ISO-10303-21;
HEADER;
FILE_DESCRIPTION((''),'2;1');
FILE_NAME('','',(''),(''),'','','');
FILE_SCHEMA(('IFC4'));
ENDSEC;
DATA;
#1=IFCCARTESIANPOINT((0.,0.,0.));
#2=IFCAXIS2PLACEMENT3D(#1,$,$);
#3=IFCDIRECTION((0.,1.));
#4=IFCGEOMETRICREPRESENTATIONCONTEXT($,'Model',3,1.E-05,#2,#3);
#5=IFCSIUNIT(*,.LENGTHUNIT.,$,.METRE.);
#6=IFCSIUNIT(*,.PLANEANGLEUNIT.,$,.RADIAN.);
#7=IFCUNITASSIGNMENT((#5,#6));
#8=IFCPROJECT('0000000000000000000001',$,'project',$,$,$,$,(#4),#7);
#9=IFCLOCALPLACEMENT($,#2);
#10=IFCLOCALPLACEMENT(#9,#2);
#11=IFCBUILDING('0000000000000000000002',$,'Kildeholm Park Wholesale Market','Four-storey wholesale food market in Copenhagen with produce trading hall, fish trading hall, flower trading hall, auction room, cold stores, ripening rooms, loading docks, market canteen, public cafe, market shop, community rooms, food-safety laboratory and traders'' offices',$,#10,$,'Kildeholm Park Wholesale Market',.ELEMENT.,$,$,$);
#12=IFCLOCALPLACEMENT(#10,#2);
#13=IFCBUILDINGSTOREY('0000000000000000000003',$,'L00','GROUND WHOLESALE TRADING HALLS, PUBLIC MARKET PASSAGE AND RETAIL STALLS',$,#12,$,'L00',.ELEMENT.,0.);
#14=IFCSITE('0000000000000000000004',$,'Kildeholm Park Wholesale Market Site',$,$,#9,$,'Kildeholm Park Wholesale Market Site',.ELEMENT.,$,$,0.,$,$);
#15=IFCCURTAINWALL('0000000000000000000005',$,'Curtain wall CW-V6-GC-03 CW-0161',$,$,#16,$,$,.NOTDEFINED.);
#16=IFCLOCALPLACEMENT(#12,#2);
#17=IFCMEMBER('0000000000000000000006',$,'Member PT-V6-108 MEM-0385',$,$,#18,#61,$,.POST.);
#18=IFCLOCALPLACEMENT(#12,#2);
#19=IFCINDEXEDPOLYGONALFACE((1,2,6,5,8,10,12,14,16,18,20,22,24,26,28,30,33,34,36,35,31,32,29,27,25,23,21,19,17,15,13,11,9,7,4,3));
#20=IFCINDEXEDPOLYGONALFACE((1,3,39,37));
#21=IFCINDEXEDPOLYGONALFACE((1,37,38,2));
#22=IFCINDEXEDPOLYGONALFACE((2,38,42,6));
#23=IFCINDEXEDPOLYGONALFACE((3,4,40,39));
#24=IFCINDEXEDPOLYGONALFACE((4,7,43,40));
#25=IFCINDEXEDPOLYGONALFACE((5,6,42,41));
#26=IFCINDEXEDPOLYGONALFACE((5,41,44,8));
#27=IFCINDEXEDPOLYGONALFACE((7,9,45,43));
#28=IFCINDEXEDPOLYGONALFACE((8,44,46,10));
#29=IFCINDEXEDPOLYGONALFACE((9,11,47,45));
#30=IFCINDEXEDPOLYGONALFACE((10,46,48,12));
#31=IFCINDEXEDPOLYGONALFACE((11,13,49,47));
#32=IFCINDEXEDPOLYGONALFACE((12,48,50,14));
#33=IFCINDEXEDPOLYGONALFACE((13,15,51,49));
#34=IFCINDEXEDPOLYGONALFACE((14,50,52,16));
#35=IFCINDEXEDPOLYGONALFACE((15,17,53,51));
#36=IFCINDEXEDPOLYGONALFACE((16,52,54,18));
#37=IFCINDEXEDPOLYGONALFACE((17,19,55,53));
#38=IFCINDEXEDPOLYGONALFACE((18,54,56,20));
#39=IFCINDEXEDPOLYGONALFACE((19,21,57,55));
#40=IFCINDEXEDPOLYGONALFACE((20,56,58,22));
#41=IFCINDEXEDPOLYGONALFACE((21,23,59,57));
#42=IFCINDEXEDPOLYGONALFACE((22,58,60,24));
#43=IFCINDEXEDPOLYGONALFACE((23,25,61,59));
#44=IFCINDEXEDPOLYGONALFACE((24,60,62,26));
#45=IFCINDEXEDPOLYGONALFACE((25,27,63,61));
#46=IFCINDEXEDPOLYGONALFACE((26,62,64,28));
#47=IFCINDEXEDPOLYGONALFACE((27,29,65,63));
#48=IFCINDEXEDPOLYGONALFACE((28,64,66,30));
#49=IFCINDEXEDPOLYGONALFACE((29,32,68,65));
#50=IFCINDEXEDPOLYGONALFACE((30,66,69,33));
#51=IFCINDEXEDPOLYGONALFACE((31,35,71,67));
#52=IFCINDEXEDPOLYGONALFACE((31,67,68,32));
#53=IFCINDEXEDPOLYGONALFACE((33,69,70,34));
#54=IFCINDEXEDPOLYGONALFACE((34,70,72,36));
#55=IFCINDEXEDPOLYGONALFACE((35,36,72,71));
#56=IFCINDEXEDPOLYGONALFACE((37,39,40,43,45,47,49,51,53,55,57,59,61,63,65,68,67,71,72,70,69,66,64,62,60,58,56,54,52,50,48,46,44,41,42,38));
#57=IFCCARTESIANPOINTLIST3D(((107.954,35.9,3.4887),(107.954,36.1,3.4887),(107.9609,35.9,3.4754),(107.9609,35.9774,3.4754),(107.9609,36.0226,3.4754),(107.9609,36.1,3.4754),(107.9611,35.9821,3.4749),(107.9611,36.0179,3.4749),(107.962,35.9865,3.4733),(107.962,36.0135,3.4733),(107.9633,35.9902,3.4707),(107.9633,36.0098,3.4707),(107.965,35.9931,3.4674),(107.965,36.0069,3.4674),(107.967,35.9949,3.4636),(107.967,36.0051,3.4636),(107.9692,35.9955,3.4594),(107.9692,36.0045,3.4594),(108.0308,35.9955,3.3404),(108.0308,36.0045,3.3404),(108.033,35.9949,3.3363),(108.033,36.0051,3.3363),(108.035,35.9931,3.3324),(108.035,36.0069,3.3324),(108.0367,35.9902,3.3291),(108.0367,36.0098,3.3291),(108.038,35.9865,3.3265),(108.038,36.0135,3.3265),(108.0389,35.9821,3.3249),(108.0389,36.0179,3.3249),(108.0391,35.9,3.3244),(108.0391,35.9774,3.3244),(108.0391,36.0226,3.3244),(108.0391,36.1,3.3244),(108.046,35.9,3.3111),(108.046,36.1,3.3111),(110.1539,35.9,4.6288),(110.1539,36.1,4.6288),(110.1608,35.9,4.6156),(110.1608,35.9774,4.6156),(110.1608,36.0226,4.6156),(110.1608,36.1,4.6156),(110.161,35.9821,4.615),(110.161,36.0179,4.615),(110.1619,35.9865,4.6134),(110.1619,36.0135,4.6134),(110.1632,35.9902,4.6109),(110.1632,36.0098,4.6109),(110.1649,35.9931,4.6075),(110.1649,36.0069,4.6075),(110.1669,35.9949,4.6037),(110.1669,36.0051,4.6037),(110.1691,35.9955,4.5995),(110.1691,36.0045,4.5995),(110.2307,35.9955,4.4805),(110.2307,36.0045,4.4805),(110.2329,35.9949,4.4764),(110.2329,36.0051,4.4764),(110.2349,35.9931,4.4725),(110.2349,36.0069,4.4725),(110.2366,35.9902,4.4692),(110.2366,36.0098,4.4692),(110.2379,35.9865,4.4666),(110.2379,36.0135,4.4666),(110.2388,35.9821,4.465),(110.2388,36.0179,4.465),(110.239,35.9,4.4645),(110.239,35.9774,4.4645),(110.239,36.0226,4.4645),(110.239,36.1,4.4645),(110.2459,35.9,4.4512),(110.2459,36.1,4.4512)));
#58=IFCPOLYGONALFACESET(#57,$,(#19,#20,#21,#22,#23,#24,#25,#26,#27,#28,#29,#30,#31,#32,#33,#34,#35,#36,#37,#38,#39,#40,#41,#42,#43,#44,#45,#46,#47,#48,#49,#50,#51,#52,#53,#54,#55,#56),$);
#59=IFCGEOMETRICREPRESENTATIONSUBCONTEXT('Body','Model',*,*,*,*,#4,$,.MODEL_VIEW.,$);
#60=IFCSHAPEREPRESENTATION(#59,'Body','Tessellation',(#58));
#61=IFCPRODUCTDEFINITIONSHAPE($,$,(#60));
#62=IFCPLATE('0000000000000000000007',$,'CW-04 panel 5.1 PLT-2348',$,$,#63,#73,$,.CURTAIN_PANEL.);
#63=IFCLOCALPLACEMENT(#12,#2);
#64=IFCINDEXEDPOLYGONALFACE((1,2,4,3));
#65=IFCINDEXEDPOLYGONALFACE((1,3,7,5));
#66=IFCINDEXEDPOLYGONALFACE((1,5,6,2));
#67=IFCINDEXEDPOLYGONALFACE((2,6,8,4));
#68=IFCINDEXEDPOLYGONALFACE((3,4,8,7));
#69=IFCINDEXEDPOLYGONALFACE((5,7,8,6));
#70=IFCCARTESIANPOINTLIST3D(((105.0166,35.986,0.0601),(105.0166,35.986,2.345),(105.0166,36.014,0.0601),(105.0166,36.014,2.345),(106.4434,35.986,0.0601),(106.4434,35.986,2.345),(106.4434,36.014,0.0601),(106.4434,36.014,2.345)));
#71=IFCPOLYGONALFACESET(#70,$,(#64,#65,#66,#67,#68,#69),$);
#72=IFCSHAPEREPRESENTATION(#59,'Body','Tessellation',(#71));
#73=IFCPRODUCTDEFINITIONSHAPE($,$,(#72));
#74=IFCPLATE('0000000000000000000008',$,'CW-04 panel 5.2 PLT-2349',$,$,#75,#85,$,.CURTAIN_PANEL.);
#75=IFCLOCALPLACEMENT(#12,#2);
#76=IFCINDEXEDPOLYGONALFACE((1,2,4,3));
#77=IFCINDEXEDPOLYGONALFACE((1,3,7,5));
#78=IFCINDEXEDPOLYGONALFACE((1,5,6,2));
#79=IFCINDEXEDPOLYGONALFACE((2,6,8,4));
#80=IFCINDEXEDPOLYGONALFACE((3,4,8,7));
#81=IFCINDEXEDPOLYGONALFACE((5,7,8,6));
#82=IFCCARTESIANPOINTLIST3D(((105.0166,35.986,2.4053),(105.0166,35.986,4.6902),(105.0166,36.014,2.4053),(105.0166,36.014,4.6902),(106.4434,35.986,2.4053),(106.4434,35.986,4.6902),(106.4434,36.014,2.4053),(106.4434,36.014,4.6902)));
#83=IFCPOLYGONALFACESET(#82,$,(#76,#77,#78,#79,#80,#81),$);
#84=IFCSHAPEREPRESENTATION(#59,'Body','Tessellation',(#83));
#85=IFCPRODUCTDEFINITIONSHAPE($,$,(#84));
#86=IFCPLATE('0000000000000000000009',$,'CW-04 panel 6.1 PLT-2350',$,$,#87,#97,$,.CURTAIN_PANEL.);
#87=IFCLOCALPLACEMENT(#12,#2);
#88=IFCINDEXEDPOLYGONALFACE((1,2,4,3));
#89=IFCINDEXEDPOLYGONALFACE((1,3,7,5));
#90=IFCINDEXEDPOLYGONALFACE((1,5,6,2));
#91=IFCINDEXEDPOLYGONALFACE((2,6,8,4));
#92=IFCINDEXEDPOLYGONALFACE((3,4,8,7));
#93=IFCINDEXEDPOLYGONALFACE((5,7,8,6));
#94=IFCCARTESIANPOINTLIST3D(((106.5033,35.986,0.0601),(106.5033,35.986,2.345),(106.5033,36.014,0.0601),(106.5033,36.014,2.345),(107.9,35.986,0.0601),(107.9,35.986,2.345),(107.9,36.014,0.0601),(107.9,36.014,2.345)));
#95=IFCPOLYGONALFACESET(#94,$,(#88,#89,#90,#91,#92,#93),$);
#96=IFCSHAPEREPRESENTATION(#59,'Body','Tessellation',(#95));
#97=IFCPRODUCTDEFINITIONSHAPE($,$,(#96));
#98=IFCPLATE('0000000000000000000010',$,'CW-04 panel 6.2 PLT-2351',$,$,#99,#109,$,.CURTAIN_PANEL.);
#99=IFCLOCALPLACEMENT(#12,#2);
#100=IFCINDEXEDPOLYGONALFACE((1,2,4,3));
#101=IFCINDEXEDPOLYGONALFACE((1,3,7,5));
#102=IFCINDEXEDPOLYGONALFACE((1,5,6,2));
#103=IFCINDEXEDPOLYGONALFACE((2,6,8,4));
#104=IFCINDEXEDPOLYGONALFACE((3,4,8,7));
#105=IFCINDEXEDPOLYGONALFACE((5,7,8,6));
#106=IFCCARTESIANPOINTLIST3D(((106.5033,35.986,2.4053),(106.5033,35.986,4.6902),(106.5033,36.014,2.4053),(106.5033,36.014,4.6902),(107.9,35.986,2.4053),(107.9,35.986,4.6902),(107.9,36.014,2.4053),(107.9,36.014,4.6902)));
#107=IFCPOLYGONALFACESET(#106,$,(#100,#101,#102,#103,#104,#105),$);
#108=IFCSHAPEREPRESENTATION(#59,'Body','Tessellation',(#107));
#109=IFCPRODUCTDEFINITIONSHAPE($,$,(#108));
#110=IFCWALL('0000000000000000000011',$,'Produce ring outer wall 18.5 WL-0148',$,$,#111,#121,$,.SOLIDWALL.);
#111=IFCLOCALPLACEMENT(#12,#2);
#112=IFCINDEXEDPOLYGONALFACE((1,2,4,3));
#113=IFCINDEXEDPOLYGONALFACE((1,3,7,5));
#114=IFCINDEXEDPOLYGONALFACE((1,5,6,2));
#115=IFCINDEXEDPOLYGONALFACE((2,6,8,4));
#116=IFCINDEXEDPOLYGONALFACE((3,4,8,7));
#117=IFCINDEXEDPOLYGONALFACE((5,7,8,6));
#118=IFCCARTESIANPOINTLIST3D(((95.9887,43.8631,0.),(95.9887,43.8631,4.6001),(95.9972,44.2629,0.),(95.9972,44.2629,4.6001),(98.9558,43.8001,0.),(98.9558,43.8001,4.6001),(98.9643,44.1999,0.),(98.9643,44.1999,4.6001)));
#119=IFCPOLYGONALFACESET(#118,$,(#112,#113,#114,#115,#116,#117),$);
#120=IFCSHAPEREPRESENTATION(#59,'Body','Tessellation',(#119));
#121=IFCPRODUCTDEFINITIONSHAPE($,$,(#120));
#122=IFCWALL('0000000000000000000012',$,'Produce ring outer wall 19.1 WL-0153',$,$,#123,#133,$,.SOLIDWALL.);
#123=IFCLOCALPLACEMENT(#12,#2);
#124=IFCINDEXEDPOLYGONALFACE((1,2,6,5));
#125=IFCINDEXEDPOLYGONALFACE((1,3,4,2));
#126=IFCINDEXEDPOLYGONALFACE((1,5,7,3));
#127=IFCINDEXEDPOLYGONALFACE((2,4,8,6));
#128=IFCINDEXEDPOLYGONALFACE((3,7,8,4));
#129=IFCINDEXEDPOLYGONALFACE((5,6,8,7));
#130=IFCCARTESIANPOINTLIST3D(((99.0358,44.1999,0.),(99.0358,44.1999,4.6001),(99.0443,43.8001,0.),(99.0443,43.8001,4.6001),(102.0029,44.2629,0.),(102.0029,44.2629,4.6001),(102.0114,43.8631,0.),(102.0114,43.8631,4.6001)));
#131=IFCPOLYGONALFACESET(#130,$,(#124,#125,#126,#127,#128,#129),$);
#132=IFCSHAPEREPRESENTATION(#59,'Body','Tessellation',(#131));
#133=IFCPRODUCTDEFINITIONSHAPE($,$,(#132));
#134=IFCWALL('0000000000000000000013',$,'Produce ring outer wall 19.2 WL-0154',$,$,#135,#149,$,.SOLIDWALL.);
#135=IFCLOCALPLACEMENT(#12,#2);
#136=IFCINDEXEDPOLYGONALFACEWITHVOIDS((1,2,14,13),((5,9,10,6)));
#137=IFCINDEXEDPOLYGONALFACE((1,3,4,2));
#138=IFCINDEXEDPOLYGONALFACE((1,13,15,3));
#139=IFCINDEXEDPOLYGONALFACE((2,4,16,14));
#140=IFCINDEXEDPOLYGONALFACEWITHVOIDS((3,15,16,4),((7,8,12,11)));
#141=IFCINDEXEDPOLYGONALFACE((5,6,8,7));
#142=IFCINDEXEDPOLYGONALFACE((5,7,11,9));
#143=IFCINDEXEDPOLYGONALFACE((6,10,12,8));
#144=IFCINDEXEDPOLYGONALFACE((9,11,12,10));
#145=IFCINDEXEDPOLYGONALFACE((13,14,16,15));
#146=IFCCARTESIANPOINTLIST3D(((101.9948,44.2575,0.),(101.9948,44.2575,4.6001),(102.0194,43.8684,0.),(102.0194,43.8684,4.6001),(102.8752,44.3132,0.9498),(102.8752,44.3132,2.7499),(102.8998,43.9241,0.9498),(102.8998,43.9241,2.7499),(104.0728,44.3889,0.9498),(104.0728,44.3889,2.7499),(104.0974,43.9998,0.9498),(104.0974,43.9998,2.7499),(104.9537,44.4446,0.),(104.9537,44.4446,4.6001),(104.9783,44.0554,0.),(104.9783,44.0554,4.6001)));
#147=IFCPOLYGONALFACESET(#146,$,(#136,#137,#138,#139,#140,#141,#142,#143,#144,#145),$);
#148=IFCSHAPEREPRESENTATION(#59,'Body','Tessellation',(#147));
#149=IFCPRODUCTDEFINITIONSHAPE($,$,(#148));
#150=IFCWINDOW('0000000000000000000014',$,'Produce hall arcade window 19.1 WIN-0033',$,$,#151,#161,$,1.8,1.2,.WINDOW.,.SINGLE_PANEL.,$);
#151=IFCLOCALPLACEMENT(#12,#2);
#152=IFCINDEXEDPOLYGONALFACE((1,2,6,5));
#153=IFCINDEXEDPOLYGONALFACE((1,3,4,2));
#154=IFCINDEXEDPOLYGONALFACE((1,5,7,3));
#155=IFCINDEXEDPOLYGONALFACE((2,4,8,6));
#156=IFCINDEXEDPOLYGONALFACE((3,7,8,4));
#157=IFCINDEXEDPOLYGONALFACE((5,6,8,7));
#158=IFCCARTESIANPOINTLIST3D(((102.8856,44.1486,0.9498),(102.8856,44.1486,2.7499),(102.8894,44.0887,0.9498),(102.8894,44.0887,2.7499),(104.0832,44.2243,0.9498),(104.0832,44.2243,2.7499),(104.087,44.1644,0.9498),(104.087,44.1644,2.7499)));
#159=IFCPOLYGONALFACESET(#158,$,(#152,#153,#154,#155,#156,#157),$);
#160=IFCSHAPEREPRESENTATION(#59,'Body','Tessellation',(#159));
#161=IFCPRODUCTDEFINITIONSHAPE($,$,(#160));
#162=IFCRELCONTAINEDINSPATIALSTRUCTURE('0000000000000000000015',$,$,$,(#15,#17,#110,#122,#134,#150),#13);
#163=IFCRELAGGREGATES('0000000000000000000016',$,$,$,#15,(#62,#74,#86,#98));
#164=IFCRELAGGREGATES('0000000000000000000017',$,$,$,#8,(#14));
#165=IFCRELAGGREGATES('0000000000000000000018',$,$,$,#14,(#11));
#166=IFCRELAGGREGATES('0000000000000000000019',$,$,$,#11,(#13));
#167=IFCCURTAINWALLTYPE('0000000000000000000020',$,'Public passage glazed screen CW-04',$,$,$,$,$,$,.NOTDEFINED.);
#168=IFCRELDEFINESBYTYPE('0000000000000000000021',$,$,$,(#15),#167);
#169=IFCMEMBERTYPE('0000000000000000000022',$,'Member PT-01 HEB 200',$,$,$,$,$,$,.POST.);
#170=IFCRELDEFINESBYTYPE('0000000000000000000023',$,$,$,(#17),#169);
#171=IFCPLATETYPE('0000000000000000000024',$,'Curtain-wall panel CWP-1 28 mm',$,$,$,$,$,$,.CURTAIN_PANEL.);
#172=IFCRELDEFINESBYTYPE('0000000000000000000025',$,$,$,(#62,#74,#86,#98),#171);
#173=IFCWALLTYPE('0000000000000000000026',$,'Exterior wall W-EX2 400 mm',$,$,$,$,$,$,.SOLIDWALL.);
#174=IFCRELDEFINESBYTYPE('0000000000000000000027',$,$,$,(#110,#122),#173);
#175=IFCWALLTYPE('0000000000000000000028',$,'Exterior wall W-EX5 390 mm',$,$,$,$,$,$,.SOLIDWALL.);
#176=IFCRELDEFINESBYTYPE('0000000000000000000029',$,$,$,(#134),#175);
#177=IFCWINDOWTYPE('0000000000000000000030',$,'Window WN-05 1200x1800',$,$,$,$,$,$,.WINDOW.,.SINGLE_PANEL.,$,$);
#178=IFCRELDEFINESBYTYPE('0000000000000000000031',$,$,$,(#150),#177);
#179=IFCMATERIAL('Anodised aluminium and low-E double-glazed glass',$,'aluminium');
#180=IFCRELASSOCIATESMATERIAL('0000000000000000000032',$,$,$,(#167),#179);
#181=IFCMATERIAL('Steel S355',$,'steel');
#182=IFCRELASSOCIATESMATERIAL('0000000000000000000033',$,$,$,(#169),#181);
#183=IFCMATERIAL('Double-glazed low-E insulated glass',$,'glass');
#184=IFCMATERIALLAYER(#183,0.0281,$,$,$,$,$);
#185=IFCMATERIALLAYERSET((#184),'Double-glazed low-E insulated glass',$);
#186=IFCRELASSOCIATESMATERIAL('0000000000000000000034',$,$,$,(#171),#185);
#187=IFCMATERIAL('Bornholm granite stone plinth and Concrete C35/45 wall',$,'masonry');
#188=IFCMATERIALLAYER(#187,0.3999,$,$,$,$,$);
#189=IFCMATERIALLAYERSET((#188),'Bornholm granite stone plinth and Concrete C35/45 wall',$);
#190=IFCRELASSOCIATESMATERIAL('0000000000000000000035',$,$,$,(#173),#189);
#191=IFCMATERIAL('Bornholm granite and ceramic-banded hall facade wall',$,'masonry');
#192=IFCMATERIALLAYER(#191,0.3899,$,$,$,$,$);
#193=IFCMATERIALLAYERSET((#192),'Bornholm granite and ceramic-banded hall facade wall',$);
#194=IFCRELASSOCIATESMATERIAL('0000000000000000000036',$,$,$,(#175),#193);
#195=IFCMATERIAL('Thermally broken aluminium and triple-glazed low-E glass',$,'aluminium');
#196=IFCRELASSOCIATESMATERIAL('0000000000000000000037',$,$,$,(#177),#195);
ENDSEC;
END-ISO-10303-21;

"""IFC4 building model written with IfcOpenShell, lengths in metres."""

from ifc_helpers import new_model, si_unit, direction, frame, frame_2d, origin, origin_2d, place, context, subcontext, project, spatial, rectangle, i_section, extrude, material, layer, layer_set, material_profile, profile_set, type_object, element, fill, aggregate, save


model = new_model("IFC4")

# Units and contexts
model_context = context("Model", 3, precision=1e-05, world=origin(), true_north=direction((0.0, 1.0)))
body_context = subcontext(model_context, "Body", "Model", "MODEL_VIEW")
ifc_project = project(units=[si_unit("LENGTHUNIT", "METRE"), si_unit("PLANEANGLEUNIT", "RADIAN")], contexts=[model_context])

# Site, building, storey
site_placement = place(None, origin())
site = spatial("IfcSite", under=ifc_project, at=site_placement, Name="Kildeholm Park Wholesale Market Site", LongName="Kildeholm Park Wholesale Market Site", CompositionType="ELEMENT", RefElevation=0.0)
building_placement = place(site_placement, origin())
building = spatial("IfcBuilding", under=site, at=building_placement, Name="Kildeholm Park Wholesale Market", Description="Four-storey wholesale food market in Copenhagen with produce trading hall, fish trading hall, flower trading hall, auction room, cold stores, ripening rooms, loading docks, market canteen, public cafe, market shop, community rooms, food-safety laboratory and traders' offices", LongName="Kildeholm Park Wholesale Market", CompositionType="ELEMENT")
storey_placement = place(building_placement, origin())
storey = spatial("IfcBuildingStorey", under=building, at=storey_placement, Name="L00", Description="GROUND WHOLESALE TRADING HALLS, PUBLIC MARKET PASSAGE AND RETAIL STALLS", LongName="L00", CompositionType="ELEMENT", Elevation=0.0)

# Shared definitions
ifc_material_1 = material(Name="Steel S355", Category="steel")

# Curtain wall
ifc_material_2 = material(Name="Anodised aluminium and low-E double-glazed glass", Category="aluminium")
curtain_wall_type = type_object("IfcCurtainWallType", Name="Public passage glazed screen CW-04", PredefinedType="NOTDEFINED", material=ifc_material_2)
curtain_wall_placement = place(storey_placement, origin())
curtain_wall = element("IfcCurtainWall", 1, at=curtain_wall_placement, inside=storey, type_object=curtain_wall_type, Name="Curtain wall CW-V6-GC-03 CW-0161", PredefinedType="NOTDEFINED")

# Member
ifc_material_profile_1 = material_profile(ifc_material_1, i_section(OverallWidth=0.2, OverallDepth=0.2, WebThickness=0.009, FlangeThickness=0.0149, FilletRadius=0.0181, at=origin_2d()), Name="HEB 200")
ifc_profile_set_1 = profile_set([ifc_material_profile_1], Name="Steel S355")
member_type_1 = type_object("IfcMemberType", Name="Member PT-01 HEB 200", PredefinedType="POST", material=ifc_profile_set_1)
member_1_placement = place(storey_placement, frame((108.0, 36.0, 3.3999), z_axis=(0.88785, 0.0, 0.460133), x_axis=(0.0, 1.0, 0.0)))
element("IfcMember", 2, at=member_1_placement, inside=storey, type_object=member_type_1, Name="Member PT-V6-108 MEM-0385", PredefinedType="POST", context=body_context, shape_type="SweptSolid", body=[
    extrude(i_section(OverallWidth=0.2, OverallDepth=0.2, WebThickness=0.009, FlangeThickness=0.0149, FilletRadius=0.0181, at=origin_2d()), origin(), (0.0, 0.0, 1.0), 2.4778),
])

# Plates
ifc_material_3 = material(Name="Double-glazed low-E insulated glass", Category="glass")
ifc_layer_1 = layer(ifc_material_3, 0.0281)
ifc_layer_set_1 = layer_set([ifc_layer_1], Name="Double-glazed low-E insulated glass")
plate_type = type_object("IfcPlateType", Name="Curtain-wall panel CWP-1 28 mm", PredefinedType="CURTAIN_PANEL", material=ifc_layer_set_1)
plate_1_placement = place(storey_placement, frame((105.73, 36.0, 0.0601), z_axis=(0.0, 0.0, 1.0), x_axis=(1.0, 0.0, 0.0)))
plate_1 = element("IfcPlate", 3, at=plate_1_placement, type_object=plate_type, Name="CW-04 panel 5.1 PLT-2348", PredefinedType="CURTAIN_PANEL", context=body_context, shape_type="SweptSolid", body=[
    extrude(rectangle(XDim=1.4268, YDim=0.0281, at=origin_2d()), origin(), (0.0, 0.0, 1.0), 2.2849),
])
plate_2_placement = place(storey_placement, frame((105.73, 36.0, 2.4053), z_axis=(0.0, 0.0, 1.0), x_axis=(1.0, 0.0, 0.0)))
plate_2 = element("IfcPlate", 4, at=plate_2_placement, type_object=plate_type, Name="CW-04 panel 5.2 PLT-2349", PredefinedType="CURTAIN_PANEL", context=body_context, shape_type="SweptSolid", body=[
    extrude(rectangle(XDim=1.4268, YDim=0.0281, at=origin_2d()), origin(), (0.0, 0.0, 1.0), 2.2849),
])
plate_3_placement = place(storey_placement, frame((107.2017, 36.0, 0.0601), z_axis=(0.0, 0.0, 1.0), x_axis=(1.0, 0.0, 0.0)))
plate_3 = element("IfcPlate", 5, at=plate_3_placement, type_object=plate_type, Name="CW-04 panel 6.1 PLT-2350", PredefinedType="CURTAIN_PANEL", context=body_context, shape_type="SweptSolid", body=[
    extrude(rectangle(XDim=1.3967, YDim=0.0281, at=origin_2d()), origin(), (0.0, 0.0, 1.0), 2.2849),
])
plate_4_placement = place(storey_placement, frame((107.2017, 36.0, 2.4053), z_axis=(0.0, 0.0, 1.0), x_axis=(1.0, 0.0, 0.0)))
plate_4 = element("IfcPlate", 6, at=plate_4_placement, type_object=plate_type, Name="CW-04 panel 6.2 PLT-2351", PredefinedType="CURTAIN_PANEL", context=body_context, shape_type="SweptSolid", body=[
    extrude(rectangle(XDim=1.3967, YDim=0.0281, at=origin_2d()), origin(), (0.0, 0.0, 1.0), 2.2849),
])
aggregate(curtain_wall, [plate_1, plate_2, plate_3, plate_4])

# Walls
ifc_material_4 = material(Name="Bornholm granite stone plinth and Concrete C35/45 wall", Category="masonry")
ifc_layer_2 = layer(ifc_material_4, 0.3999)
ifc_layer_set_2 = layer_set([ifc_layer_2], Name="Bornholm granite stone plinth and Concrete C35/45 wall")
wall_type_1 = type_object("IfcWallType", Name="Exterior wall W-EX2 400 mm", PredefinedType="SOLIDWALL", material=ifc_layer_set_2)
for number, where, z_axis, x_axis, name in (
    (7, (95.9929, 44.063, 0.0), (0.0, 0.0, 1.0), (0.999775, -0.021225, 0.0), "Produce ring outer wall 18.5 WL-0148"),
    (8, (99.04, 44.0, 0.0), (0.0, 0.0, 1.0), (0.999775, 0.021225, 0.0), "Produce ring outer wall 19.1 WL-0153"),
):
    element("IfcWall", number, at=place(storey_placement, frame(where, z_axis=z_axis, x_axis=x_axis)), inside=storey, type_object=wall_type_1, Name=name, PredefinedType="SOLIDWALL", context=body_context, shape_type="SweptSolid", body=[
        extrude(rectangle(XDim=2.9678, YDim=0.3999, at=frame_2d((1.4839, 0.0))), origin(), (0.0, 0.0, 1.0), 4.6001),
    ])

# Wall, opening, window
ifc_material_5 = material(Name="Bornholm granite and ceramic-banded hall facade wall", Category="masonry")
ifc_layer_3 = layer(ifc_material_5, 0.3899)
ifc_layer_set_3 = layer_set([ifc_layer_3], Name="Bornholm granite and ceramic-banded hall facade wall")
wall_type_2 = type_object("IfcWallType", Name="Exterior wall W-EX5 390 mm", PredefinedType="SOLIDWALL", material=ifc_layer_set_3)
wall_1_placement = place(storey_placement, frame((102.0071, 44.063, 0.0), z_axis=(0.0, 0.0, 1.0), x_axis=(0.998009, 0.063075, 0.0)))
wall_1 = element("IfcWall", 9, at=wall_1_placement, inside=storey, type_object=wall_type_2, Name="Produce ring outer wall 19.2 WL-0154", PredefinedType="SOLIDWALL", context=body_context, shape_type="SweptSolid", body=[
    extrude(rectangle(XDim=2.9648, YDim=0.3899, at=frame_2d((1.4824, 0.0))), origin(), (0.0, 0.0, 1.0), 4.6001),
])
opening_1_placement = place(wall_1_placement, frame((0.8821, 0.0, 0.95)))
opening_1 = element("IfcOpeningElement", 10, at=opening_1_placement, cuts=wall_1, PredefinedType="OPENING", context=body_context, shape_type="SweptSolid", body=[
    extrude(rectangle(XDim=1.2, YDim=1.8, at=frame_2d((0.6001, 0.8999))), frame((0.0, 0.2048, 0.0), z_axis=(0.0, -1.0, 0.0), x_axis=(1.0, 0.0, 0.0)), (0.0, 0.0, 1.0), 0.4099),
])
ifc_material_6 = material(Name="Thermally broken aluminium and triple-glazed low-E glass", Category="aluminium")
window_type_1 = type_object("IfcWindowType", Name="Window WN-05 1200x1800", PartitioningType="SINGLE_PANEL", PredefinedType="WINDOW", material=ifc_material_6)
window_1_placement = place(opening_1_placement, origin())
window_1 = element("IfcWindow", 11, at=window_1_placement, inside=storey, type_object=window_type_1, Name="Produce hall arcade window 19.1 WIN-0033", OverallHeight=1.8, OverallWidth=1.2, PartitioningType="SINGLE_PANEL", PredefinedType="WINDOW", context=body_context, shape_type="SweptSolid", body=[
    extrude(rectangle(XDim=1.2, YDim=1.8, at=frame_2d((0.6001, 0.8999))), frame((0.0, 0.03, 0.0), z_axis=(0.0, -1.0, 0.0), x_axis=(1.0, 0.0, 0.0)), (0.0, 0.0, 1.0), 0.0601),
])
fill(opening_1, window_1)

save(model, "model.ifc")
